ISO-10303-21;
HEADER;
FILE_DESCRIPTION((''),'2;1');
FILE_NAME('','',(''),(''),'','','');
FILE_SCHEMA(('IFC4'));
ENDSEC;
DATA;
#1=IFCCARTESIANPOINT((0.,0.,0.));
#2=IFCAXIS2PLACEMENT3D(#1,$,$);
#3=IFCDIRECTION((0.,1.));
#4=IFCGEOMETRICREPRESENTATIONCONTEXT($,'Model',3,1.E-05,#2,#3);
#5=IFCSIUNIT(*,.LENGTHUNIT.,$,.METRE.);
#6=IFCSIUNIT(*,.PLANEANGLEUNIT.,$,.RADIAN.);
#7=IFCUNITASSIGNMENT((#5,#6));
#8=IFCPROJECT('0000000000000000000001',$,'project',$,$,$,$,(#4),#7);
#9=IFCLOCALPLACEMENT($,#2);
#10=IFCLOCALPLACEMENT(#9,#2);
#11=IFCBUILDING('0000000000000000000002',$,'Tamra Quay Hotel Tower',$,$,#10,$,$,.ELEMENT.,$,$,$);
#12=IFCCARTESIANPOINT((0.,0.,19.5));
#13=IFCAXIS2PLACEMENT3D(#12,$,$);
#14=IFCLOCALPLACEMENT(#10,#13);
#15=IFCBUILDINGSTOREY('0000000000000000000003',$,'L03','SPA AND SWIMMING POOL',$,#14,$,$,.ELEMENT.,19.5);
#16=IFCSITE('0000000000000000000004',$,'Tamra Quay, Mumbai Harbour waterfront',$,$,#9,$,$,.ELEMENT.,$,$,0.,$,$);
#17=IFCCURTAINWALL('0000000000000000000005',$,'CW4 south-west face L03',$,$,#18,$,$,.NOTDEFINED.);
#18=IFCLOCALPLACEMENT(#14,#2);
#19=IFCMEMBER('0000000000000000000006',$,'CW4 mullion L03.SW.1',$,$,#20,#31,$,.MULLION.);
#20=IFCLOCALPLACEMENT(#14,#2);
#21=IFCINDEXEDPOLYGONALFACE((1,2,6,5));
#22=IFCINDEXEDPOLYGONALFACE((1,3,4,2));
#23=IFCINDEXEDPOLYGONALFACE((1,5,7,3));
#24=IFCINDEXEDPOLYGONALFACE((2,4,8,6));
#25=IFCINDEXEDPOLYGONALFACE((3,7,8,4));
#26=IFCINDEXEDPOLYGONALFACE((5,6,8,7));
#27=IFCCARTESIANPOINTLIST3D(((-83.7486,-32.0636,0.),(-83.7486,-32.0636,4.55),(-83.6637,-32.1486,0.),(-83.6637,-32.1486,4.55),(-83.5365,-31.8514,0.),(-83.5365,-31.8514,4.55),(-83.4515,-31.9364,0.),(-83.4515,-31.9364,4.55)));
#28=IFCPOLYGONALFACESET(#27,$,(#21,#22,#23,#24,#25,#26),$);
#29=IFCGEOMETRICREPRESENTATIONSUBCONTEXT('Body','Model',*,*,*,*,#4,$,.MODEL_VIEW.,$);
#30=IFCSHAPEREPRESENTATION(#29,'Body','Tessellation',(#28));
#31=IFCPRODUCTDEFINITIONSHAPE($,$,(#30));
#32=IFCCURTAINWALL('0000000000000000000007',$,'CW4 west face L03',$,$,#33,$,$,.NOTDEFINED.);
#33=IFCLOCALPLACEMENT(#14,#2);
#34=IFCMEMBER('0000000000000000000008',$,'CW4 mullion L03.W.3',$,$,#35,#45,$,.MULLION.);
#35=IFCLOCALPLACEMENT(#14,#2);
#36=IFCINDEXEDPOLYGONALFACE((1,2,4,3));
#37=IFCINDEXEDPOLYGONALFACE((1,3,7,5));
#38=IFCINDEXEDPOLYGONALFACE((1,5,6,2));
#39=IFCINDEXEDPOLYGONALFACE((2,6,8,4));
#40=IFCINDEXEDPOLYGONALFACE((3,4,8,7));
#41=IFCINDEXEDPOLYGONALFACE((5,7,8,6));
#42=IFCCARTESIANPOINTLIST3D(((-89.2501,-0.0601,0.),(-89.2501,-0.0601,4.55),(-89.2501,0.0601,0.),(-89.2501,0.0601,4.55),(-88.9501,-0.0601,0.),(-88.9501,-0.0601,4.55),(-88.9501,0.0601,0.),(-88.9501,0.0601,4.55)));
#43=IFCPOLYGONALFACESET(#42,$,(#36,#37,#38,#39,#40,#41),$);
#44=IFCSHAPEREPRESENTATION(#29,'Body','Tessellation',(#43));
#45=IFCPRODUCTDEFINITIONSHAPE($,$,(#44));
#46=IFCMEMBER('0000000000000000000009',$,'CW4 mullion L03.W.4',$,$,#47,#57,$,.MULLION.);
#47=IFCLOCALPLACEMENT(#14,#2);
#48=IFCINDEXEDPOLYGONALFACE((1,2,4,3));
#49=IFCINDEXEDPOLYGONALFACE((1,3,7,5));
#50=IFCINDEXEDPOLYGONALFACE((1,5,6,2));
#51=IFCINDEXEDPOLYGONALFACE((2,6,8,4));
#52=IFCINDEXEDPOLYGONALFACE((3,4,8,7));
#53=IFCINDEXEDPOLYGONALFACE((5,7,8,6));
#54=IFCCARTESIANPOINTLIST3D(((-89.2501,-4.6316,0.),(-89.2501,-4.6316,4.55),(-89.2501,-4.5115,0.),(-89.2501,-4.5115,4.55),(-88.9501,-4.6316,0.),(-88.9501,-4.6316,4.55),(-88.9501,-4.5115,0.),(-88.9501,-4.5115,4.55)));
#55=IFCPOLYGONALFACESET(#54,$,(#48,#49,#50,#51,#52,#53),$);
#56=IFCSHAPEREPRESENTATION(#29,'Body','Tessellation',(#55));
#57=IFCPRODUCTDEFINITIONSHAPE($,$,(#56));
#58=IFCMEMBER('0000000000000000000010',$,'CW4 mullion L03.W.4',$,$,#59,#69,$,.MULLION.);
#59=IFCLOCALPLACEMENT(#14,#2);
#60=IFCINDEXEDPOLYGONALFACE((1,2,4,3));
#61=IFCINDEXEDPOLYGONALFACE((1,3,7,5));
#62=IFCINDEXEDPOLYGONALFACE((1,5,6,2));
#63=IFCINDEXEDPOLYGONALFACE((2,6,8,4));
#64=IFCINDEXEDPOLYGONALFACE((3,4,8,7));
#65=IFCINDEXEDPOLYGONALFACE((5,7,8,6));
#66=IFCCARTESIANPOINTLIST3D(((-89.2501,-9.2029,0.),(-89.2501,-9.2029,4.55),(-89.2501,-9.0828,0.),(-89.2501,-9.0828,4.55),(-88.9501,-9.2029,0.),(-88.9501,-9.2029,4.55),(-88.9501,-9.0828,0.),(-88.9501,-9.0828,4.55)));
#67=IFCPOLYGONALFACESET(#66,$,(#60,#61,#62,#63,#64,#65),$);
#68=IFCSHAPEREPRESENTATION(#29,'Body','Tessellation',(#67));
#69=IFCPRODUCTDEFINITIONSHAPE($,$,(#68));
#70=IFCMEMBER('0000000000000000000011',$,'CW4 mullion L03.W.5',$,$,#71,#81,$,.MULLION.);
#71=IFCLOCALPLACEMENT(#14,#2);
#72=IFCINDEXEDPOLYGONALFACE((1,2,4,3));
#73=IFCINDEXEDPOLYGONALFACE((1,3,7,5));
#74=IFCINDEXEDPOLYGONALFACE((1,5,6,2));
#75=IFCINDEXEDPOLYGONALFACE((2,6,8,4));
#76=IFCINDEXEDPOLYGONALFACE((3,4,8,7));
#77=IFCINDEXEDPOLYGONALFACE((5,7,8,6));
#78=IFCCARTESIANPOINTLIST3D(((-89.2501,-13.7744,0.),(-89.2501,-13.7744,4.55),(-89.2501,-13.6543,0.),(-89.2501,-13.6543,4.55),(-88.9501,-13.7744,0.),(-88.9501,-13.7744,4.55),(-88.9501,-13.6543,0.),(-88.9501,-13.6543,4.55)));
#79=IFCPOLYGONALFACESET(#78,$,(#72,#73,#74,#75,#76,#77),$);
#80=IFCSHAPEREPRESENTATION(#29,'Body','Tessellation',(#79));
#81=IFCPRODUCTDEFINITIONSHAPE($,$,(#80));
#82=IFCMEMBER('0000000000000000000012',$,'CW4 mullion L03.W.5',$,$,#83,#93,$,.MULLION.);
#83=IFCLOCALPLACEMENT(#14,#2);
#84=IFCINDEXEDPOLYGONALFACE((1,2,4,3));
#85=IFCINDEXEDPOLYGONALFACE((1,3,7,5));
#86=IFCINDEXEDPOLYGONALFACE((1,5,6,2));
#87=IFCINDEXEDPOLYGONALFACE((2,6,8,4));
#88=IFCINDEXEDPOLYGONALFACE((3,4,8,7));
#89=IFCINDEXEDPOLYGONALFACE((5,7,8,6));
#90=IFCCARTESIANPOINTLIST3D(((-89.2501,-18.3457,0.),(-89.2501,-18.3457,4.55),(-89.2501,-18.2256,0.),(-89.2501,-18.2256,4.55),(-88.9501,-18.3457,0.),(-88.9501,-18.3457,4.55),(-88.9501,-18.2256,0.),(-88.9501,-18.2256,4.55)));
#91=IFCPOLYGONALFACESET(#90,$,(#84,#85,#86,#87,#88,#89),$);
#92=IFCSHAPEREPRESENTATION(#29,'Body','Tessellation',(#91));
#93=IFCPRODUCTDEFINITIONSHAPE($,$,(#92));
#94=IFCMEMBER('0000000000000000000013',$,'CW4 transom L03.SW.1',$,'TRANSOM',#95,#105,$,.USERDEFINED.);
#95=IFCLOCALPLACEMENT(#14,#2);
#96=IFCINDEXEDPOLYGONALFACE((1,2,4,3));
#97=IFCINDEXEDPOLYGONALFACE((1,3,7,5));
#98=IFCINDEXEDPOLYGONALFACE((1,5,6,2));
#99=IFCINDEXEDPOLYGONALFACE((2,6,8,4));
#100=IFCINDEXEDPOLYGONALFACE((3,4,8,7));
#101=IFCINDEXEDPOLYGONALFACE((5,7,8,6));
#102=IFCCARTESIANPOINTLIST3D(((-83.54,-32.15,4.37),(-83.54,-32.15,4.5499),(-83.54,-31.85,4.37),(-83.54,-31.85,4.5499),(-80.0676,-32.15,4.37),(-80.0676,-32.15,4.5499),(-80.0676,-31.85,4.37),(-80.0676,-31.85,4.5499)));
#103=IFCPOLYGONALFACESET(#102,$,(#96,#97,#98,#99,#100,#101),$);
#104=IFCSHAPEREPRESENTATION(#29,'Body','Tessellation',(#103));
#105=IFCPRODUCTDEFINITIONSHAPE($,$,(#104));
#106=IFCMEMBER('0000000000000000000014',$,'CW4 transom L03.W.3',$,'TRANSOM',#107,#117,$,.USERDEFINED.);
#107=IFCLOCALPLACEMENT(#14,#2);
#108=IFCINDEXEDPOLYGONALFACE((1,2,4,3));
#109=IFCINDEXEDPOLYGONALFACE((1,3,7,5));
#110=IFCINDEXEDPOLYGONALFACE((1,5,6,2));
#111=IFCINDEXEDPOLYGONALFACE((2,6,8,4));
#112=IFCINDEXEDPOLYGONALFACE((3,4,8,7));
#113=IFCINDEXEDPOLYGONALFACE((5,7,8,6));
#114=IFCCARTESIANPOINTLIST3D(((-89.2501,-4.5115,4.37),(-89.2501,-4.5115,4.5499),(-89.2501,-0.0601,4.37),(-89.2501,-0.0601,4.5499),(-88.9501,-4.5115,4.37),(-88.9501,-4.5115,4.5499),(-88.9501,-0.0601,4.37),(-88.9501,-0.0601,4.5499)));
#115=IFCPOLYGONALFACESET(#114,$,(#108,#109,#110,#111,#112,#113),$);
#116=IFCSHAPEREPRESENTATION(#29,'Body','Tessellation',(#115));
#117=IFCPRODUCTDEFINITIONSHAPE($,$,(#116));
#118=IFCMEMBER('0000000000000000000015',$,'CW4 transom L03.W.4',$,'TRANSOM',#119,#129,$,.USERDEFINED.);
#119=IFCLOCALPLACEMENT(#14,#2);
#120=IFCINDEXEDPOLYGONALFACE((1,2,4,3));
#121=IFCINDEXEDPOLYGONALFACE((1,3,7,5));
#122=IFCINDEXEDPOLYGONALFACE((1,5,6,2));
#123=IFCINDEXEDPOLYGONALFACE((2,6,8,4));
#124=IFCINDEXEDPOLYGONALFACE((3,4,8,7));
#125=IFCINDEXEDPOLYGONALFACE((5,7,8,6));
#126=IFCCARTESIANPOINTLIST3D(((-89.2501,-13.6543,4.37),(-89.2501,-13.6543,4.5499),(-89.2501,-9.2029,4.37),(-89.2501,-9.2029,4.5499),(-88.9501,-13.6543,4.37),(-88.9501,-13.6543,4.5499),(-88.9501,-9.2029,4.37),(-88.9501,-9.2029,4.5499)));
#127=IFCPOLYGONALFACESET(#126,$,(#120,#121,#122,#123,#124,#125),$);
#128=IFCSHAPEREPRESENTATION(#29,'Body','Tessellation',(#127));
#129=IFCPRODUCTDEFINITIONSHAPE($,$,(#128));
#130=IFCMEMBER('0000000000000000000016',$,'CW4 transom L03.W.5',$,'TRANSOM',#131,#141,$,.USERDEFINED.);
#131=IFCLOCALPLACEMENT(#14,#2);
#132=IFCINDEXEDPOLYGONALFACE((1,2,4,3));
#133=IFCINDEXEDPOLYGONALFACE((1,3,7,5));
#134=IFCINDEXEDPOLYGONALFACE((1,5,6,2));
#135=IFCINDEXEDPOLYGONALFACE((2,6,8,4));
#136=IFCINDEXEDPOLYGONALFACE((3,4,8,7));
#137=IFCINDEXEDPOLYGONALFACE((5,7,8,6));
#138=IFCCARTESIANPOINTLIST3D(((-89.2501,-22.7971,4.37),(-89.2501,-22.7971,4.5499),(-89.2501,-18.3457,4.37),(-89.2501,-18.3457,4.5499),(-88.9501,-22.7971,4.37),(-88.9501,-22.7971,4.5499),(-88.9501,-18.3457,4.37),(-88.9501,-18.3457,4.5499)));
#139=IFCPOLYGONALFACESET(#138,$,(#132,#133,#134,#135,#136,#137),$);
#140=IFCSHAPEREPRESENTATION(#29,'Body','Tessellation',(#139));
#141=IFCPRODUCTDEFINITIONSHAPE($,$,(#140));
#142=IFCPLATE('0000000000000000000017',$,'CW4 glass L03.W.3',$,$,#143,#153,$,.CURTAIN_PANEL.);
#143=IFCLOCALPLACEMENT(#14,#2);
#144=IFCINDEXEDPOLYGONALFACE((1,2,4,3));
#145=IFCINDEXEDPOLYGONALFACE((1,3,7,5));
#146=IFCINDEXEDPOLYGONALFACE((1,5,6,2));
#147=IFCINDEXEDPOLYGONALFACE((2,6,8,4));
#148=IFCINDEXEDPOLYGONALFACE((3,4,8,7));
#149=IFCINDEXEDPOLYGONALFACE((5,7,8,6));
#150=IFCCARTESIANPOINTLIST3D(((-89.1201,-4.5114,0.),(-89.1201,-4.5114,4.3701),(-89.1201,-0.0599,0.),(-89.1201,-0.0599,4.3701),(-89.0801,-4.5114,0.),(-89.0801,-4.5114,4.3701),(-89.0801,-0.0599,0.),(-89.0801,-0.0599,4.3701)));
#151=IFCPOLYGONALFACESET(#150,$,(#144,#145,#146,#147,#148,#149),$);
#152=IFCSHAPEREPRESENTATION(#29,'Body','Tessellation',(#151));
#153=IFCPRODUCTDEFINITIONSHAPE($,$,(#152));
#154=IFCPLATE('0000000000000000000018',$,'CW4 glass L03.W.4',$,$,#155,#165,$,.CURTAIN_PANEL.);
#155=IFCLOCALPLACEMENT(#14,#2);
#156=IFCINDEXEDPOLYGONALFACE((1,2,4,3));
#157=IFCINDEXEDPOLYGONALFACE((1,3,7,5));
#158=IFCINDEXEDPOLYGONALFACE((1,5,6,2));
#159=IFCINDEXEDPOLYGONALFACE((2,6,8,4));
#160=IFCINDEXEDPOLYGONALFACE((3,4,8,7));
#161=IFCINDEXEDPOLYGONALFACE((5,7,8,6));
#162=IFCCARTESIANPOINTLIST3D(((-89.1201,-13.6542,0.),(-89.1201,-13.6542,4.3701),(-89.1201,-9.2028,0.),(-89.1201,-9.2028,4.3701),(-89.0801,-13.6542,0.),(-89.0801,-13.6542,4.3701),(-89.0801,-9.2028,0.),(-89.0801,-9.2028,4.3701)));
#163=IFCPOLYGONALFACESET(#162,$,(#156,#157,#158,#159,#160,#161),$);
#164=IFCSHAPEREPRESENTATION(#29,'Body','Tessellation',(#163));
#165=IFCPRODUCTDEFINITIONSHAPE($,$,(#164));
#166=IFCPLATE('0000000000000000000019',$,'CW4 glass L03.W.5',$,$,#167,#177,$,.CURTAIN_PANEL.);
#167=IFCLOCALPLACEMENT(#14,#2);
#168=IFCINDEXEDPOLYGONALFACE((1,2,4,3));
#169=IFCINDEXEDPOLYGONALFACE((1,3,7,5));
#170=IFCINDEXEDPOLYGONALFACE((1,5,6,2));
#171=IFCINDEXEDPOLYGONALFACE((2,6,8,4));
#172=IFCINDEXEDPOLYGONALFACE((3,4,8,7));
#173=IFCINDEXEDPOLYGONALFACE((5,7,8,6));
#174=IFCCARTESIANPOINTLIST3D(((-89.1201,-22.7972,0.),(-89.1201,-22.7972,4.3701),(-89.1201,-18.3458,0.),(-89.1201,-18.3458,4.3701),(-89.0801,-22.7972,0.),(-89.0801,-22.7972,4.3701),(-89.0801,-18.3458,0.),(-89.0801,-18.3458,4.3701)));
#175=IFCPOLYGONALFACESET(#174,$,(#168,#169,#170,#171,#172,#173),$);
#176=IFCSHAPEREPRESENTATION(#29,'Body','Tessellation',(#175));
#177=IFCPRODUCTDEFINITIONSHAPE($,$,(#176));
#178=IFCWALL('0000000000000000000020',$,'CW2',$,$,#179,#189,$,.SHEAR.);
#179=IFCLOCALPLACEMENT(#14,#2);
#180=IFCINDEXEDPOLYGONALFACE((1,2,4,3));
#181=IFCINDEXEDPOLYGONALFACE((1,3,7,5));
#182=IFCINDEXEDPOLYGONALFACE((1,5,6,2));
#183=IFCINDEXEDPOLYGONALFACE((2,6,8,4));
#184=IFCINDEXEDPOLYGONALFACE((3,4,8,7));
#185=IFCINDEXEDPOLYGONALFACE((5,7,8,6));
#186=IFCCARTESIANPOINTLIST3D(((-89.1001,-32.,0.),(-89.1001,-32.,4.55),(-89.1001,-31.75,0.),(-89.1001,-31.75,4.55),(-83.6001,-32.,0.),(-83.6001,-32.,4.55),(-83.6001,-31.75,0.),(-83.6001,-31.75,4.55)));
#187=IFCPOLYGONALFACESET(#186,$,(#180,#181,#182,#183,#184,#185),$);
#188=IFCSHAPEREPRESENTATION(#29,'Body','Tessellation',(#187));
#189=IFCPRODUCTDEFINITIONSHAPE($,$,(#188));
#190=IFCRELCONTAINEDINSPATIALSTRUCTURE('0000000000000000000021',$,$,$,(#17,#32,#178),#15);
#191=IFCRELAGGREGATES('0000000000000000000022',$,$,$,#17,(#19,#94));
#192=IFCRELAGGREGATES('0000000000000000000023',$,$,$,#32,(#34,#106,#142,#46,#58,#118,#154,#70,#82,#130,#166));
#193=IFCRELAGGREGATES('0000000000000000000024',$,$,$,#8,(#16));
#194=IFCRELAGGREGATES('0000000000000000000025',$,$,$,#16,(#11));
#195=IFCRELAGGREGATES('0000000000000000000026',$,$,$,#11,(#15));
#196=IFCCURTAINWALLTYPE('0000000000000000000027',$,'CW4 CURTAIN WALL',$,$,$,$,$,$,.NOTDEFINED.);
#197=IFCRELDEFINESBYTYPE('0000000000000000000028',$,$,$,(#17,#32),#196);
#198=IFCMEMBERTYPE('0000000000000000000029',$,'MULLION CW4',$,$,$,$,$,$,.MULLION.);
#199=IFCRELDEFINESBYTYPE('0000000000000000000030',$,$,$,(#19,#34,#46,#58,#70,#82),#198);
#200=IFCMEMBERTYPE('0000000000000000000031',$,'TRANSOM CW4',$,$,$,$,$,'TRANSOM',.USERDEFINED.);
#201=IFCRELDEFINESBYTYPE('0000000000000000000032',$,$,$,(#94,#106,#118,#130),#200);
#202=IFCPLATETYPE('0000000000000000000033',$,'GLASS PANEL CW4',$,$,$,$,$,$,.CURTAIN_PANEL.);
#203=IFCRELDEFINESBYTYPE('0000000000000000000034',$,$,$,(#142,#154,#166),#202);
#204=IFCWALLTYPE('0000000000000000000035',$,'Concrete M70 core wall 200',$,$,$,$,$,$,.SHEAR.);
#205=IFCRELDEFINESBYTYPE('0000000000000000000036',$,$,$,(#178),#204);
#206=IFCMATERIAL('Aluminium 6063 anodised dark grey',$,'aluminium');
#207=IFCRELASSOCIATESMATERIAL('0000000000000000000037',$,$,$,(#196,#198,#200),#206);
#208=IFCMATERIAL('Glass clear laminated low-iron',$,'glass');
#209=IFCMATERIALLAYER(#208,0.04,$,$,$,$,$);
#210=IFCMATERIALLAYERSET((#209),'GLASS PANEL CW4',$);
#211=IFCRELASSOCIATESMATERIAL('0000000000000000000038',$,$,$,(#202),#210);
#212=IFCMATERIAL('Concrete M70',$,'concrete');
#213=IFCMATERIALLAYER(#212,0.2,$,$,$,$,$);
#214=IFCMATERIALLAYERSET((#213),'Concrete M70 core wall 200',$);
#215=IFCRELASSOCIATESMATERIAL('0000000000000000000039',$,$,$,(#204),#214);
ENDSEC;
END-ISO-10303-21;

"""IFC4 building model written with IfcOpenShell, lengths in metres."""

from ifc_helpers import new_model, si_unit, direction, frame, frame_2d, origin, origin_2d, place, context, subcontext, project, spatial, rectangle, extrude, material, layer, layer_set, material_profile, profile_set, type_object, element, aggregate, save


model = new_model("IFC4")

# Units and contexts
model_context = context("Model", 3, precision=1e-05, world=origin(), true_north=direction((0.0, 1.0)))
body_context = subcontext(model_context, "Body", "Model", "MODEL_VIEW")
ifc_project = project(units=[si_unit("LENGTHUNIT", "METRE"), si_unit("PLANEANGLEUNIT", "RADIAN")], contexts=[model_context])

# Site, building, storey
site_placement = place(None, origin())
site = spatial("IfcSite", under=ifc_project, at=site_placement, Name="Tamra Quay, Mumbai Harbour waterfront", CompositionType="ELEMENT", RefElevation=0.0)
building_placement = place(site_placement, origin())
building = spatial("IfcBuilding", under=site, at=building_placement, Name="Tamra Quay Hotel Tower", CompositionType="ELEMENT")
storey_placement = place(building_placement, frame((0.0, 0.0, 19.5)))
storey = spatial("IfcBuildingStorey", under=building, at=storey_placement, Name="L03", Description="SPA AND SWIMMING POOL", CompositionType="ELEMENT", Elevation=19.5)

# Curtain wall, member
ifc_material_1 = material(Name="Aluminium 6063 anodised dark grey", Category="aluminium")
curtain_wall_type = type_object("IfcCurtainWallType", Name="CW4 CURTAIN WALL", PredefinedType="NOTDEFINED", material=ifc_material_1)
curtain_wall_1_placement = place(storey_placement, origin())
curtain_wall_1 = element("IfcCurtainWall", 1, at=curtain_wall_1_placement, inside=storey, type_object=curtain_wall_type, Name="CW4 south-west face L03", PredefinedType="NOTDEFINED")
ifc_material_profile_1 = material_profile(ifc_material_1, rectangle(XDim=0.3, YDim=0.1201, at=origin_2d()), Name="MULLION 120X300")
ifc_profile_set_1 = profile_set([ifc_material_profile_1], Name="Aluminium 6063 anodised dark grey")
member_type_1 = type_object("IfcMemberType", Name="MULLION CW4", PredefinedType="MULLION", material=ifc_profile_set_1)
member_1_placement = place(storey_placement, frame((-83.6001, -32.0, 0.0), z_axis=(0.0, 0.0, 1.0), x_axis=(-0.707107, -0.707107, 0.0)))
member_1 = element("IfcMember", 2, at=member_1_placement, type_object=member_type_1, Name="CW4 mullion L03.SW.1", PredefinedType="MULLION", context=body_context, shape_type="SweptSolid", body=[
    extrude(rectangle(XDim=0.3, YDim=0.1201, at=origin_2d()), origin(), (0.0, 0.0, 1.0), 4.55),
])

# Curtain wall, members
curtain_wall_2_placement = place(storey_placement, origin())
curtain_wall_2 = element("IfcCurtainWall", 3, at=curtain_wall_2_placement, inside=storey, type_object=curtain_wall_type, Name="CW4 west face L03", PredefinedType="NOTDEFINED")
member_2_placement = place(storey_placement, frame((-89.1001, 0.0, 0.0), z_axis=(0.0, 0.0, 1.0), x_axis=(-1.0, 0.0, 0.0)))
member_2 = element("IfcMember", 4, at=member_2_placement, type_object=member_type_1, Name="CW4 mullion L03.W.3", PredefinedType="MULLION", context=body_context, shape_type="SweptSolid", body=[
    extrude(rectangle(XDim=0.3, YDim=0.1201, at=origin_2d()), origin(), (0.0, 0.0, 1.0), 4.55),
])
member_3_placement = place(storey_placement, frame((-89.1001, -4.5715, 0.0), z_axis=(0.0, 0.0, 1.0), x_axis=(-1.0, 0.0, 0.0)))
member_3 = element("IfcMember", 5, at=member_3_placement, type_object=member_type_1, Name="CW4 mullion L03.W.4", PredefinedType="MULLION", context=body_context, shape_type="SweptSolid", body=[
    extrude(rectangle(XDim=0.3, YDim=0.1201, at=origin_2d()), origin(), (0.0, 0.0, 1.0), 4.55),
])
member_4_placement = place(storey_placement, frame((-89.1001, -9.1428, 0.0), z_axis=(0.0, 0.0, 1.0), x_axis=(-1.0, 0.0, 0.0)))
member_4 = element("IfcMember", 6, at=member_4_placement, type_object=member_type_1, Name="CW4 mullion L03.W.4", PredefinedType="MULLION", context=body_context, shape_type="SweptSolid", body=[
    extrude(rectangle(XDim=0.3, YDim=0.1201, at=origin_2d()), origin(), (0.0, 0.0, 1.0), 4.55),
])
member_5_placement = place(storey_placement, frame((-89.1001, -13.7144, 0.0), z_axis=(0.0, 0.0, 1.0), x_axis=(-1.0, 0.0, 0.0)))
member_5 = element("IfcMember", 7, at=member_5_placement, type_object=member_type_1, Name="CW4 mullion L03.W.5", PredefinedType="MULLION", context=body_context, shape_type="SweptSolid", body=[
    extrude(rectangle(XDim=0.3, YDim=0.1201, at=origin_2d()), origin(), (0.0, 0.0, 1.0), 4.55),
])
member_6_placement = place(storey_placement, frame((-89.1001, -18.2856, 0.0), z_axis=(0.0, 0.0, 1.0), x_axis=(-1.0, 0.0, 0.0)))
member_6 = element("IfcMember", 8, at=member_6_placement, type_object=member_type_1, Name="CW4 mullion L03.W.5", PredefinedType="MULLION", context=body_context, shape_type="SweptSolid", body=[
    extrude(rectangle(XDim=0.3, YDim=0.1201, at=origin_2d()), origin(), (0.0, 0.0, 1.0), 4.55),
])

# Members
ifc_material_profile_2 = material_profile(ifc_material_1, rectangle(XDim=0.3, YDim=0.1799, at=origin_2d()), Name="TRANSOM 300X180")
ifc_profile_set_2 = profile_set([ifc_material_profile_2], Name="Aluminium 6063 anodised dark grey")
member_type_2 = type_object("IfcMemberType", Name="TRANSOM CW4", ElementType="TRANSOM", PredefinedType="USERDEFINED", material=ifc_profile_set_2)
member_7_placement = place(storey_placement, frame((-83.54, -32.0, 4.46), z_axis=(1.0, 0.0, 0.0), x_axis=(0.0, 1.0, 0.0)))
member_7 = element("IfcMember", 9, at=member_7_placement, type_object=member_type_2, Name="CW4 transom L03.SW.1", ObjectType="TRANSOM", PredefinedType="USERDEFINED", context=body_context, shape_type="SweptSolid", body=[
    extrude(rectangle(XDim=0.3, YDim=0.1799, at=origin_2d()), origin(), (0.0, 0.0, 1.0), 3.4724),
])
aggregate(curtain_wall_1, [member_1, member_7])
member_8_placement = place(storey_placement, frame((-89.1001, -0.0601, 4.46), z_axis=(0.0, -1.0, 0.0), x_axis=(1.0, 0.0, 0.0)))
member_8 = element("IfcMember", 10, at=member_8_placement, type_object=member_type_2, Name="CW4 transom L03.W.3", ObjectType="TRANSOM", PredefinedType="USERDEFINED", context=body_context, shape_type="SweptSolid", body=[
    extrude(rectangle(XDim=0.3, YDim=0.1799, at=origin_2d()), origin(), (0.0, 0.0, 1.0), 4.4514),
])
member_9_placement = place(storey_placement, frame((-89.1001, -9.2029, 4.46), z_axis=(0.0, -1.0, 0.0), x_axis=(1.0, 0.0, 0.0)))
member_9 = element("IfcMember", 11, at=member_9_placement, type_object=member_type_2, Name="CW4 transom L03.W.4", ObjectType="TRANSOM", PredefinedType="USERDEFINED", context=body_context, shape_type="SweptSolid", body=[
    extrude(rectangle(XDim=0.3, YDim=0.1799, at=origin_2d()), origin(), (0.0, 0.0, 1.0), 4.4514),
])
member_10_placement = place(storey_placement, frame((-89.1001, -18.3457, 4.46), z_axis=(0.0, -1.0, 0.0), x_axis=(1.0, 0.0, 0.0)))
member_10 = element("IfcMember", 12, at=member_10_placement, type_object=member_type_2, Name="CW4 transom L03.W.5", ObjectType="TRANSOM", PredefinedType="USERDEFINED", context=body_context, shape_type="SweptSolid", body=[
    extrude(rectangle(XDim=0.3, YDim=0.1799, at=origin_2d()), origin(), (0.0, 0.0, 1.0), 4.4514),
])

# Plates
ifc_material_2 = material(Name="Glass clear laminated low-iron", Category="glass")
ifc_layer_1 = layer(ifc_material_2, 0.04)
ifc_layer_set_1 = layer_set([ifc_layer_1], Name="GLASS PANEL CW4")
plate_type = type_object("IfcPlateType", Name="GLASS PANEL CW4", PredefinedType="CURTAIN_PANEL", material=ifc_layer_set_1)
plate_1_placement = place(storey_placement, frame((-89.1001, -2.2856, 0.0), z_axis=(0.0, 0.0, 1.0), x_axis=(0.0, -1.0, 0.0)))
plate_1 = element("IfcPlate", 13, at=plate_1_placement, type_object=plate_type, Name="CW4 glass L03.W.3", PredefinedType="CURTAIN_PANEL", context=body_context, shape_type="SweptSolid", body=[
    extrude(rectangle(XDim=4.4514, YDim=0.04, at=origin_2d()), origin(), (0.0, 0.0, 1.0), 4.3701),
])
plate_2_placement = place(storey_placement, frame((-89.1001, -11.4285, 0.0), z_axis=(0.0, 0.0, 1.0), x_axis=(0.0, -1.0, 0.0)))
plate_2 = element("IfcPlate", 14, at=plate_2_placement, type_object=plate_type, Name="CW4 glass L03.W.4", PredefinedType="CURTAIN_PANEL", context=body_context, shape_type="SweptSolid", body=[
    extrude(rectangle(XDim=4.4514, YDim=0.04, at=origin_2d()), origin(), (0.0, 0.0, 1.0), 4.3701),
])
plate_3_placement = place(storey_placement, frame((-89.1001, -20.5715, 0.0), z_axis=(0.0, 0.0, 1.0), x_axis=(0.0, -1.0, 0.0)))
plate_3 = element("IfcPlate", 15, at=plate_3_placement, type_object=plate_type, Name="CW4 glass L03.W.5", PredefinedType="CURTAIN_PANEL", context=body_context, shape_type="SweptSolid", body=[
    extrude(rectangle(XDim=4.4514, YDim=0.04, at=origin_2d()), origin(), (0.0, 0.0, 1.0), 4.3701),
])
aggregate(curtain_wall_2, [member_2, member_8, plate_1, member_3, member_4, member_9, plate_2, member_5, member_6, member_10, plate_3])

# Wall
ifc_material_3 = material(Name="Concrete M70", Category="concrete")
ifc_layer_2 = layer(ifc_material_3, 0.2)
ifc_layer_set_2 = layer_set([ifc_layer_2], Name="Concrete M70 core wall 200")
wall_type_1 = type_object("IfcWallType", Name="Concrete M70 core wall 200", PredefinedType="SHEAR", material=ifc_layer_set_2)
wall_1_placement = place(storey_placement, frame((-89.1001, -31.875, 0.0), z_axis=(0.0, 0.0, 1.0), x_axis=(1.0, 0.0, 0.0)))
element("IfcWall", 16, at=wall_1_placement, inside=storey, type_object=wall_type_1, Name="CW2", PredefinedType="SHEAR", context=body_context, shape_type="SweptSolid", body=[
    extrude(rectangle(XDim=5.5, YDim=0.25, at=frame_2d((2.75, 0.0))), origin(), (0.0, 0.0, 1.0), 4.55),
])

save(model, "model.ifc")
